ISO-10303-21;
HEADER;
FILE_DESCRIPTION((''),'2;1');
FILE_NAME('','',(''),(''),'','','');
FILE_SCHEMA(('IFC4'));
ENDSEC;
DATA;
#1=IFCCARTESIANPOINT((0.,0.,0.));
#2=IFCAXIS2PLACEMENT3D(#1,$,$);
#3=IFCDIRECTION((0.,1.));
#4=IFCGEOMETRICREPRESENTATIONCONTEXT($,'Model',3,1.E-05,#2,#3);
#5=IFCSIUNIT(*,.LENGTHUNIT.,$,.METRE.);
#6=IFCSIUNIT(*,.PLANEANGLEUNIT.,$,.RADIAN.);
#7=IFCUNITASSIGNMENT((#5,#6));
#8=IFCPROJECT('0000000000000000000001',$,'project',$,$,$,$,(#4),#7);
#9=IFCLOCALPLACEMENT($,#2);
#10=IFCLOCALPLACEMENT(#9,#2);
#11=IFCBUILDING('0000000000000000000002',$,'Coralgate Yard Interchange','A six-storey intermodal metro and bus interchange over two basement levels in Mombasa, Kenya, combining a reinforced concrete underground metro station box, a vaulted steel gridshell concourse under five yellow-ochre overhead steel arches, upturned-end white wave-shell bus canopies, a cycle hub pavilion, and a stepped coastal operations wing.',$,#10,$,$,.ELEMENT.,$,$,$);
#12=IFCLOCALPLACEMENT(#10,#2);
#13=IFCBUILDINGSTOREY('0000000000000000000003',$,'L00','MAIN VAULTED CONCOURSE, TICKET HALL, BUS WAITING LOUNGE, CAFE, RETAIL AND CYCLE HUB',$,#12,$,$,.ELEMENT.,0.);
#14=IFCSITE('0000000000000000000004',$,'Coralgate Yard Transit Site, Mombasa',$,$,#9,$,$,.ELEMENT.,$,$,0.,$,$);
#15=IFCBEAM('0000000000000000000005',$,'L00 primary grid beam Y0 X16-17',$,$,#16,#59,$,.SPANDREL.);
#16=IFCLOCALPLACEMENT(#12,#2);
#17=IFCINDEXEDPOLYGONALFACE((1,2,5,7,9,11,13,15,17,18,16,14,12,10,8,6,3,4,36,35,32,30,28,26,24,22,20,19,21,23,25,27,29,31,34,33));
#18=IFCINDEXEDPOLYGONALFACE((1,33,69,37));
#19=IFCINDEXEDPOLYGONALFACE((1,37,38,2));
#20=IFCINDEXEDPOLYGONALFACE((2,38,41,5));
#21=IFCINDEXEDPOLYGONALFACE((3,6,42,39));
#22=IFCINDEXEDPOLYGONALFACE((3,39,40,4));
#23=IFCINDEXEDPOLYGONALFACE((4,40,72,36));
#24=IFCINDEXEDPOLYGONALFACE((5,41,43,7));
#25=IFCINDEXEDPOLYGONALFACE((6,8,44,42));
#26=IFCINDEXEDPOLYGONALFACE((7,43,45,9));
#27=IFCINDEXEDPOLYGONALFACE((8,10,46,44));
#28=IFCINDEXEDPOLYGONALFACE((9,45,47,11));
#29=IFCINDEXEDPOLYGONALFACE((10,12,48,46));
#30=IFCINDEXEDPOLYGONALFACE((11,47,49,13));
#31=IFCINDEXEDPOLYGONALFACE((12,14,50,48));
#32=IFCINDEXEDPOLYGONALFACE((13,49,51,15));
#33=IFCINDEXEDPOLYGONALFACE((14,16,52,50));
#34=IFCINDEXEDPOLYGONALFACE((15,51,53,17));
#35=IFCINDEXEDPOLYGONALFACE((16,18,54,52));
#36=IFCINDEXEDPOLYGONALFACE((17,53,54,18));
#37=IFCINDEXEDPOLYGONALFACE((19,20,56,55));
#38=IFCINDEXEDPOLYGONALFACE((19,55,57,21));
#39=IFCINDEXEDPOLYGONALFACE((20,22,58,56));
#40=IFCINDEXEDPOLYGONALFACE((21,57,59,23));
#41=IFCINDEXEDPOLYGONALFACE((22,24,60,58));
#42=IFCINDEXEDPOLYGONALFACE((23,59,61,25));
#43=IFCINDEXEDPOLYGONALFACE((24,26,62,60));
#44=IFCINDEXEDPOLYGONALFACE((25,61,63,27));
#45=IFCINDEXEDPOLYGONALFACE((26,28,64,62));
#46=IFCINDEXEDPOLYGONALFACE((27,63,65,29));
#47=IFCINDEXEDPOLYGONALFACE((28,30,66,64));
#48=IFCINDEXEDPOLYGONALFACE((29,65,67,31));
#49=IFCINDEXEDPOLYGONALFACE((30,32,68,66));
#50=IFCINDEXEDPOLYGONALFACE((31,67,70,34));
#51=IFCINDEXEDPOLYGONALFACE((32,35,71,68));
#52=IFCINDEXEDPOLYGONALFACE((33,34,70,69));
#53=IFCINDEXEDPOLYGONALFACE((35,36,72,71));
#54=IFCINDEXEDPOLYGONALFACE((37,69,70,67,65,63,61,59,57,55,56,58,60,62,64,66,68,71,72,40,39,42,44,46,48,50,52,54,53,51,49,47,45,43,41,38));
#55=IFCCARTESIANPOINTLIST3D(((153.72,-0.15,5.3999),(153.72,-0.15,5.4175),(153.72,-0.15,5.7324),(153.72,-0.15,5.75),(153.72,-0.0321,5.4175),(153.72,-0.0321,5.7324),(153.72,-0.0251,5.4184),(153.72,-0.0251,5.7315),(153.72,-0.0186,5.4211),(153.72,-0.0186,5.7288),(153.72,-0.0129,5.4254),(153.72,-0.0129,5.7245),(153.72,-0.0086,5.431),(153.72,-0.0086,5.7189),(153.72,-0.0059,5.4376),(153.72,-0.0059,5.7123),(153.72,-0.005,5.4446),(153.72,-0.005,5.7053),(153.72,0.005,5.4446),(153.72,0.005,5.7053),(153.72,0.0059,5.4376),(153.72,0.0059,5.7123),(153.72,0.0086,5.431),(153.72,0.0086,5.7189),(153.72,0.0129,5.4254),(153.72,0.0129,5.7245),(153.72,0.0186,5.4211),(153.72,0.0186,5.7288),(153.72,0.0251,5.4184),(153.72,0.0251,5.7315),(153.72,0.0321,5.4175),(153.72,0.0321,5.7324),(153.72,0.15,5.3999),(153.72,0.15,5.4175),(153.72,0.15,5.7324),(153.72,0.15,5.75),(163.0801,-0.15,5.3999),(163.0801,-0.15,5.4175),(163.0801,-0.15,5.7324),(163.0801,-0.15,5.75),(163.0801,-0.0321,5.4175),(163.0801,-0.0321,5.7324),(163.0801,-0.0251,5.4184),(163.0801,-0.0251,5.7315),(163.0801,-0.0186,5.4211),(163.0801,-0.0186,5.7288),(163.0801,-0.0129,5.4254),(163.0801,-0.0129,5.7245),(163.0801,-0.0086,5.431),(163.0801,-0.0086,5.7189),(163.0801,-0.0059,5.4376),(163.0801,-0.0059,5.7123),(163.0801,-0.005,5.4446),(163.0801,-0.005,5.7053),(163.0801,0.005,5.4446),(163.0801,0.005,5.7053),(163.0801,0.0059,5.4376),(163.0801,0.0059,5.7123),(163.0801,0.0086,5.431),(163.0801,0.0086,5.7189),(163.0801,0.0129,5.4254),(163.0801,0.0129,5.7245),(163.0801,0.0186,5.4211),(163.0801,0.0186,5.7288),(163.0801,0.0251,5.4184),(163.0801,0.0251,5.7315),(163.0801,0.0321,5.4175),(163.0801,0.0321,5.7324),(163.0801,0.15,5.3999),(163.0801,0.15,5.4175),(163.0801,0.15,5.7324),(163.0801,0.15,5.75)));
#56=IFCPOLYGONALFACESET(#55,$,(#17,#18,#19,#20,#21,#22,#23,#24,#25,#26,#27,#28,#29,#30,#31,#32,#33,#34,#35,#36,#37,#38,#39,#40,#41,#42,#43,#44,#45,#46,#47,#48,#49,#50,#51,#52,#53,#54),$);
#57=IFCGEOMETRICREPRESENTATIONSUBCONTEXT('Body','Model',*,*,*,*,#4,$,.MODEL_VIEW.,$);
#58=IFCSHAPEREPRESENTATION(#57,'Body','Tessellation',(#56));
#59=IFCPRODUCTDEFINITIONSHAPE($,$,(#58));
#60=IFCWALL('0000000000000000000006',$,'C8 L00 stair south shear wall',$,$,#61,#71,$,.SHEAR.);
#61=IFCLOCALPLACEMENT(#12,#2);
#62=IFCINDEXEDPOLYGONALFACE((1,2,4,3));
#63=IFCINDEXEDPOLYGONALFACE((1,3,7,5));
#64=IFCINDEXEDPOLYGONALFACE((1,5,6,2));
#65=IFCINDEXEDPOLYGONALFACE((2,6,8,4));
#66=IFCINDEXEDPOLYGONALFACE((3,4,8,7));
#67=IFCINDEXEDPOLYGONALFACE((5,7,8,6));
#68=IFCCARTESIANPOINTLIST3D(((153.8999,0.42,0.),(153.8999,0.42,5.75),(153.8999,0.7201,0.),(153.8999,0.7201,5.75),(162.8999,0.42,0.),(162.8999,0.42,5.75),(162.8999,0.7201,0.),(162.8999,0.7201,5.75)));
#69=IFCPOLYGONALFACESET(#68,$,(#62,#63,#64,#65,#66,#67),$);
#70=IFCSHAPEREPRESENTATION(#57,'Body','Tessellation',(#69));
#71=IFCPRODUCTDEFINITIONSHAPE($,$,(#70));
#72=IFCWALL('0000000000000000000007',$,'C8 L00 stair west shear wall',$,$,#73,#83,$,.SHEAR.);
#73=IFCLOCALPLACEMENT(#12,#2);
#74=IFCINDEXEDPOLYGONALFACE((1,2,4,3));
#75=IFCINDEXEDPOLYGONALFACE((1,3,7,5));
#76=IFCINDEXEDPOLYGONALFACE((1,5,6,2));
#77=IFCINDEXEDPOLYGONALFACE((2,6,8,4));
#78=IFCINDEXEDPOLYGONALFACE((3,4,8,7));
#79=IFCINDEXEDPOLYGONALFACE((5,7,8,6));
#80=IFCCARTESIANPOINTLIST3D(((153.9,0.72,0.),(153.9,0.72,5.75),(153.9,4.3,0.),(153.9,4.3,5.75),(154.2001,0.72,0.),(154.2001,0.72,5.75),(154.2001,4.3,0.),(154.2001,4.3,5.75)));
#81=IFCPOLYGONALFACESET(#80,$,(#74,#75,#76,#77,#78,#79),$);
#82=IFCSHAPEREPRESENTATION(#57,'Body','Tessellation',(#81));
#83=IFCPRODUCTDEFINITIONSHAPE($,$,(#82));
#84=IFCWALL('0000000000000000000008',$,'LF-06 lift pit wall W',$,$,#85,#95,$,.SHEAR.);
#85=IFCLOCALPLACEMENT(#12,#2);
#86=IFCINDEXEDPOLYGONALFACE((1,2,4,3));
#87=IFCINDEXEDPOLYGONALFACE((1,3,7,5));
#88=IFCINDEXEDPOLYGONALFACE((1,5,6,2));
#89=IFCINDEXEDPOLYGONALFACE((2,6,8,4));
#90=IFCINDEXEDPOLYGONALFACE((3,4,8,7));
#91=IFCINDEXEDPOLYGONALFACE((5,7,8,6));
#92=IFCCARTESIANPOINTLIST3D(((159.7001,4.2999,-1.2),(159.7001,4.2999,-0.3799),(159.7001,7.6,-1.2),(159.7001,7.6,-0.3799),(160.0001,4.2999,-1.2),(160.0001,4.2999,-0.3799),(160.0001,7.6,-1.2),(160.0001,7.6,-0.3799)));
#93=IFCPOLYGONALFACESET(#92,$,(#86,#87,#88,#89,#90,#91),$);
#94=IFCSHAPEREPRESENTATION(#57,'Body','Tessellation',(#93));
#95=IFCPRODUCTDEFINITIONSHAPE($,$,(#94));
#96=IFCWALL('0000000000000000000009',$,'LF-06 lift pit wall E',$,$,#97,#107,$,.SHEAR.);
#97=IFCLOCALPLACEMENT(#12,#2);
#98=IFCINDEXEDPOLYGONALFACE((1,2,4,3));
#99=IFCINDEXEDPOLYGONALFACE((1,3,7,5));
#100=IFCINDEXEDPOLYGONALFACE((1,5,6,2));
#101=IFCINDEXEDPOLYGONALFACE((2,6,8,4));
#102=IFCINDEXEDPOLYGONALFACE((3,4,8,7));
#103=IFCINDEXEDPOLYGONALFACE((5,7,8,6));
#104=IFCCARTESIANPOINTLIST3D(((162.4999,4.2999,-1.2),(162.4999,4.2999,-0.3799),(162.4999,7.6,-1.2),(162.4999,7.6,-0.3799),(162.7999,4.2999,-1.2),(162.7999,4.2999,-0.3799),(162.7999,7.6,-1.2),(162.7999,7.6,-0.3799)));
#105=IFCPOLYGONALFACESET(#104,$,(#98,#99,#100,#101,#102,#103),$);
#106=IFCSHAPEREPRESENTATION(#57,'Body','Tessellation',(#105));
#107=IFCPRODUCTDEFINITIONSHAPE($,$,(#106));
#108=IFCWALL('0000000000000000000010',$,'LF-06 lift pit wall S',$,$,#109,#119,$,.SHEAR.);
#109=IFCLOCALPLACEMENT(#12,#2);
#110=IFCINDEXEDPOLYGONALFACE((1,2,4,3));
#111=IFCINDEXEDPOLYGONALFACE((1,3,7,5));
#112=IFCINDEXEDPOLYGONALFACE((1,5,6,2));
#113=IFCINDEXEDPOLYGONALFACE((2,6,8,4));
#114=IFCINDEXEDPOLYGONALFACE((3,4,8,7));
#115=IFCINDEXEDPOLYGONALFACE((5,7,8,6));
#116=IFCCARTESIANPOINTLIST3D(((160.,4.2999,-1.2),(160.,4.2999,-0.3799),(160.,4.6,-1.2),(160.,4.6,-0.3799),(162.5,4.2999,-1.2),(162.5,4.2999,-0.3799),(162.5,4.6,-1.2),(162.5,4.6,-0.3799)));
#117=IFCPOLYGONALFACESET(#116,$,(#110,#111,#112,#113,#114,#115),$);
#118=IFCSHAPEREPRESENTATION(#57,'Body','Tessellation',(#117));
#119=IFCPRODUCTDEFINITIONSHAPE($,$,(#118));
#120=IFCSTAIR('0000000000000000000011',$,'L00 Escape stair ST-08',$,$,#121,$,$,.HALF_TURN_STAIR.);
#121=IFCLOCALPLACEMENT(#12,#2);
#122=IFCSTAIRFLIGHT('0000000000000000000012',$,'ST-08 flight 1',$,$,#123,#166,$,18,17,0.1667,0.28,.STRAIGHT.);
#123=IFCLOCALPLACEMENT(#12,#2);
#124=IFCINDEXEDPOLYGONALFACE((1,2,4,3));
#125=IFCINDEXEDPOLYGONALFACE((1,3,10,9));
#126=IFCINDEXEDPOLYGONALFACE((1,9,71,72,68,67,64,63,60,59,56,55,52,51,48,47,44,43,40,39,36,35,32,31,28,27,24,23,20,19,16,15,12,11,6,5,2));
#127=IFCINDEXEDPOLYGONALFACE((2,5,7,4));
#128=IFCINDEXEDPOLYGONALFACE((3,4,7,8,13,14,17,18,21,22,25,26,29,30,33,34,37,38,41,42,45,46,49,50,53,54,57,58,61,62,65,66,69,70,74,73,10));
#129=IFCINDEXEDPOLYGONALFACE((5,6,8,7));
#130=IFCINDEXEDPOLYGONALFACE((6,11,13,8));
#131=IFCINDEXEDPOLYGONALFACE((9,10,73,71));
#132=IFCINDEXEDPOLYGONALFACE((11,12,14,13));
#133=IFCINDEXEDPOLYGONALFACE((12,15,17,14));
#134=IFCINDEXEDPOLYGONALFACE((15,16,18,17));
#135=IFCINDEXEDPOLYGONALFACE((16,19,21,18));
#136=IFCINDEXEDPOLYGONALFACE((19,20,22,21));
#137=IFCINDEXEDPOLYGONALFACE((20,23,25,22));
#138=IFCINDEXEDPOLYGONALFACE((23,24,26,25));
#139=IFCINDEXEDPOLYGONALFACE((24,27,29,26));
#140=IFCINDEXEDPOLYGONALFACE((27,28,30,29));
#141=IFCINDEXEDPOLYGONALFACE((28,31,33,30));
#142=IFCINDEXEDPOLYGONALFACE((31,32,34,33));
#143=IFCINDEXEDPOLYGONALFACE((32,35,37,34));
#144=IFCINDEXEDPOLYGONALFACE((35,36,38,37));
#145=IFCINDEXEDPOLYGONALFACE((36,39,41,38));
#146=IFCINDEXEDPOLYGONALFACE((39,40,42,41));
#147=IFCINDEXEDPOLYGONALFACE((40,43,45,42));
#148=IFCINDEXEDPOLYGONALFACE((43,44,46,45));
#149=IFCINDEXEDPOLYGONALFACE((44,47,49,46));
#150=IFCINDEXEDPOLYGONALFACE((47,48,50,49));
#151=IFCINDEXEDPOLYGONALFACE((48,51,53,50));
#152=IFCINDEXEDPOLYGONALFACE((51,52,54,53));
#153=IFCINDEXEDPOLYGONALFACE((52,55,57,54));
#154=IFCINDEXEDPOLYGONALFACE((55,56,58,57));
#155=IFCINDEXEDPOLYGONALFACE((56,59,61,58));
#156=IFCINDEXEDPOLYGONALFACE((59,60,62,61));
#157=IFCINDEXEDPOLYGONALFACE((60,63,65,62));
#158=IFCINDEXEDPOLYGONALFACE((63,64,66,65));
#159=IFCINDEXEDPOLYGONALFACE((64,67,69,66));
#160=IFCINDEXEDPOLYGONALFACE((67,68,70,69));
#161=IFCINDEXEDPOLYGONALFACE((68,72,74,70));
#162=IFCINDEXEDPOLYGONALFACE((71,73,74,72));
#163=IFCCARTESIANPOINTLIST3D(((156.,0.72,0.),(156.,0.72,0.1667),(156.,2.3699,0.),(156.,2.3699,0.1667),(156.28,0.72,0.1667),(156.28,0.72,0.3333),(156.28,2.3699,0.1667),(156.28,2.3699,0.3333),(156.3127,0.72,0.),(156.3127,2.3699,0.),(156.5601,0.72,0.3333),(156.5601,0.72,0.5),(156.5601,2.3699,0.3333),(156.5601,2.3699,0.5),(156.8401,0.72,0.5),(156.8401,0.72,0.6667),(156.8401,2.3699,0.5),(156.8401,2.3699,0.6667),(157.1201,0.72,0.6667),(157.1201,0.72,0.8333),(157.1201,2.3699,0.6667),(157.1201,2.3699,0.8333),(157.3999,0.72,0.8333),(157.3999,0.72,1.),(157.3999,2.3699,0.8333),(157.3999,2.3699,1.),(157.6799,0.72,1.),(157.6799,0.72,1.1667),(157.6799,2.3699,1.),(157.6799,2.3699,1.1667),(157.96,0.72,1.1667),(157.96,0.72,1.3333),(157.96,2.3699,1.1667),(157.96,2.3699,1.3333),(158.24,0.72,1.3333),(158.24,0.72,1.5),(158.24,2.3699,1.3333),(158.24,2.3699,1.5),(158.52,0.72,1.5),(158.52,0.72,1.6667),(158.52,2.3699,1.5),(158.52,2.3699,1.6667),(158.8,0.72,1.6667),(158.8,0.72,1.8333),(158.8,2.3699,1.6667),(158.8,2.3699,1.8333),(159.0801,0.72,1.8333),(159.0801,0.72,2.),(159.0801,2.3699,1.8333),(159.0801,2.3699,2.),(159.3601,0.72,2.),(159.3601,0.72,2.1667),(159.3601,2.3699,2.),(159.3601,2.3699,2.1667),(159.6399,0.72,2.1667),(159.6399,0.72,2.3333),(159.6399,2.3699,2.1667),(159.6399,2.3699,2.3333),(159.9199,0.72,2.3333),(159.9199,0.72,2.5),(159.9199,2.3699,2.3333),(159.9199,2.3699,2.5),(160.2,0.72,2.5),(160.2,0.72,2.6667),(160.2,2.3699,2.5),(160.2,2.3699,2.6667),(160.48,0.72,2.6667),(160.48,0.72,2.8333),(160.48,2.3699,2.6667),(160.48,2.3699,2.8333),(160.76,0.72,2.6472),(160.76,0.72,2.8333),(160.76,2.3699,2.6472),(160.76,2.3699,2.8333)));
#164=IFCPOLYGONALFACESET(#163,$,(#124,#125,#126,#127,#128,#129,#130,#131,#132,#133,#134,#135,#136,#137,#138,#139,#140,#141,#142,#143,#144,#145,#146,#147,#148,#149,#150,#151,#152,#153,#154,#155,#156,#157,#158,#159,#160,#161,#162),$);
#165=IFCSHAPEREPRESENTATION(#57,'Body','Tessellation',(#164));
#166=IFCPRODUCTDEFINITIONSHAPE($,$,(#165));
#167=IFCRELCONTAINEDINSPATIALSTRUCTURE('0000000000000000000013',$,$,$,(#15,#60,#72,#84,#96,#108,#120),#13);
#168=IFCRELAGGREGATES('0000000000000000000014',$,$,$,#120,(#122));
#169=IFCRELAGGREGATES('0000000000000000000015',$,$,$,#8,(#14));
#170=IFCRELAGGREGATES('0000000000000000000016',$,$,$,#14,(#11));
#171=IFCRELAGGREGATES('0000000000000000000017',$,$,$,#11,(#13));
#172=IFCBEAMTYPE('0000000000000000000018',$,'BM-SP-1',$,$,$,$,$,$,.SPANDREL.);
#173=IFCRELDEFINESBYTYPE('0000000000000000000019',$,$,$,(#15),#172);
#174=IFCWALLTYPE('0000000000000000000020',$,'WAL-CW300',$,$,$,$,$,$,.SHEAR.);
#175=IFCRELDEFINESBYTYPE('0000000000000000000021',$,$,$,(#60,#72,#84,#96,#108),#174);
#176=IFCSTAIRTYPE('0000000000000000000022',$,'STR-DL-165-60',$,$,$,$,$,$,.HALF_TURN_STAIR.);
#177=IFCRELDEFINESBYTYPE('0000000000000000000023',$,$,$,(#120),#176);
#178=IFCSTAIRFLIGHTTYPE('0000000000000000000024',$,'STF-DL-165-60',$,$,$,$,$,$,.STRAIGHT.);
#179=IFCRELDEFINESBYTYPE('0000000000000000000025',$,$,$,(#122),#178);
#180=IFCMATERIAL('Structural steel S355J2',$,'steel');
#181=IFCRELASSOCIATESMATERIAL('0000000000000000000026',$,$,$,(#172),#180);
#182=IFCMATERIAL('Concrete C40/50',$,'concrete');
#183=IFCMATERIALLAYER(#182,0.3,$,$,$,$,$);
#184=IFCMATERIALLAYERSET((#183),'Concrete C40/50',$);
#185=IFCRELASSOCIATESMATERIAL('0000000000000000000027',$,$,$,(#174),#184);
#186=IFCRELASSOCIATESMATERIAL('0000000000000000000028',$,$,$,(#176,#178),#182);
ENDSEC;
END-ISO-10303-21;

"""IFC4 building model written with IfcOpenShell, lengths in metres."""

from ifc_helpers import new_model, si_unit, direction, frame, frame_2d, origin, origin_2d, place, context, subcontext, project, spatial, polyline, rectangle, i_section, outline, extrude, material, layer, layer_set, material_profile, profile_set, type_object, element, aggregate, save


model = new_model("IFC4")

# Units and contexts
model_context = context("Model", 3, precision=1e-05, world=origin(), true_north=direction((0.0, 1.0)))
body_context = subcontext(model_context, "Body", "Model", "MODEL_VIEW")
ifc_project = project(units=[si_unit("LENGTHUNIT", "METRE"), si_unit("PLANEANGLEUNIT", "RADIAN")], contexts=[model_context])

# Site, building, storey
site_placement = place(None, origin())
site = spatial("IfcSite", under=ifc_project, at=site_placement, Name="Coralgate Yard Transit Site, Mombasa", CompositionType="ELEMENT", RefElevation=0.0)
building_placement = place(site_placement, origin())
building = spatial("IfcBuilding", under=site, at=building_placement, Name="Coralgate Yard Interchange", Description="A six-storey intermodal metro and bus interchange over two basement levels in Mombasa, Kenya, combining a reinforced concrete underground metro station box, a vaulted steel gridshell concourse under five yellow-ochre overhead steel arches, upturned-end white wave-shell bus canopies, a cycle hub pavilion, and a stepped coastal operations wing.", CompositionType="ELEMENT")
storey_placement = place(building_placement, origin())
storey = spatial("IfcBuildingStorey", under=building, at=storey_placement, Name="L00", Description="MAIN VAULTED CONCOURSE, TICKET HALL, BUS WAITING LOUNGE, CAFE, RETAIL AND CYCLE HUB", CompositionType="ELEMENT", Elevation=0.0)

# Shared definitions
ifc_material_1 = material(Name="Concrete C40/50", Category="concrete")

# Beam
ifc_material_2 = material(Name="Structural steel S355J2", Category="steel")
ifc_material_profile_1 = material_profile(ifc_material_2, i_section(OverallWidth=0.3, OverallDepth=0.3501, WebThickness=0.01, FlangeThickness=0.0176, FilletRadius=0.0271, at=origin_2d()), Name="HEA 360")
ifc_profile_set_1 = profile_set([ifc_material_profile_1], Name="Structural steel S355J2")
beam_type = type_object("IfcBeamType", Name="BM-SP-1", PredefinedType="SPANDREL", material=ifc_profile_set_1)
beam_placement = place(storey_placement, frame((153.72, 0.0, 5.575), z_axis=(1.0, 0.0, 0.0), x_axis=(0.0, 1.0, 0.0)))
element("IfcBeam", 1, at=beam_placement, inside=storey, type_object=beam_type, Name="L00 primary grid beam Y0 X16-17", PredefinedType="SPANDREL", context=body_context, shape_type="SweptSolid", body=[
    extrude(i_section(OverallWidth=0.3, OverallDepth=0.3501, WebThickness=0.01, FlangeThickness=0.0176, FilletRadius=0.0271, at=origin_2d()), origin(), (0.0, 0.0, 1.0), 9.3601),
])

# Walls
ifc_layer = layer(ifc_material_1, 0.3)
ifc_layer_set = layer_set([ifc_layer], Name="Concrete C40/50")
wall_type = type_object("IfcWallType", Name="WAL-CW300", PredefinedType="SHEAR", material=ifc_layer_set)
wall_1_placement = place(storey_placement, frame((153.8999, 0.5701, 0.0), z_axis=(0.0, 0.0, 1.0), x_axis=(1.0, 0.0, 0.0)))
element("IfcWall", 2, at=wall_1_placement, inside=storey, type_object=wall_type, Name="C8 L00 stair south shear wall", PredefinedType="SHEAR", context=body_context, shape_type="SweptSolid", body=[
    extrude(rectangle(XDim=9.0, YDim=0.3, at=frame_2d((4.5, 0.0))), origin(), (0.0, 0.0, 1.0), 5.75),
])
wall_2_placement = place(storey_placement, frame((154.05, 0.72, 0.0), z_axis=(0.0, 0.0, 1.0), x_axis=(0.0, 1.0, 0.0)))
element("IfcWall", 3, at=wall_2_placement, inside=storey, type_object=wall_type, Name="C8 L00 stair west shear wall", PredefinedType="SHEAR", context=body_context, shape_type="SweptSolid", body=[
    extrude(rectangle(XDim=3.5801, YDim=0.3, at=frame_2d((1.79, 0.0))), origin(), (0.0, 0.0, 1.0), 5.75),
])
for number, where, z_axis, x_axis, name in (
    (4, (159.8501, 4.3, -1.2), (0.0, 0.0, 1.0), (0.0, 1.0, 0.0), "LF-06 lift pit wall W"),
    (5, (162.6499, 4.3, -1.2), (0.0, 0.0, 1.0), (0.0, 1.0, 0.0), "LF-06 lift pit wall E"),
):
    element("IfcWall", number, at=place(storey_placement, frame(where, z_axis=z_axis, x_axis=x_axis)), inside=storey, type_object=wall_type, Name=name, PredefinedType="SHEAR", context=body_context, shape_type="SweptSolid", body=[
        extrude(rectangle(XDim=3.3, YDim=0.3, at=frame_2d((1.6499, 0.0))), origin(), (0.0, 0.0, 1.0), 0.8201),
    ])
wall_3_placement = place(storey_placement, frame((160.0, 4.45, -1.2), z_axis=(0.0, 0.0, 1.0), x_axis=(1.0, 0.0, 0.0)))
element("IfcWall", 6, at=wall_3_placement, inside=storey, type_object=wall_type, Name="LF-06 lift pit wall S", PredefinedType="SHEAR", context=body_context, shape_type="SweptSolid", body=[
    extrude(rectangle(XDim=2.5, YDim=0.3, at=frame_2d((1.25, 0.0))), origin(), (0.0, 0.0, 1.0), 0.8201),
])

# Stair, stair flight
stair_type = type_object("IfcStairType", Name="STR-DL-165-60", PredefinedType="HALF_TURN_STAIR", material=ifc_material_1)
stair_placement = place(storey_placement, origin())
stair = element("IfcStair", 7, at=stair_placement, inside=storey, type_object=stair_type, Name="L00 Escape stair ST-08", PredefinedType="HALF_TURN_STAIR")
stair_flight_type = type_object("IfcStairFlightType", Name="STF-DL-165-60", PredefinedType="STRAIGHT", material=ifc_material_1)
stair_flight_1_placement = place(storey_placement, frame((156.0, 1.5449, 0.0), z_axis=(0.0, 0.0, 1.0), x_axis=(1.0, 0.0, 0.0)))
stair_flight_1 = element("IfcStairFlight", 8, at=stair_flight_1_placement, type_object=stair_flight_type, Name="ST-08 flight 1", NumberOfRisers=18, NumberOfTreads=17, PredefinedType="STRAIGHT", RiserHeight=0.1667, TreadLength=0.28, context=body_context, shape_type="SweptSolid", body=[
    extrude(outline(polyline([(0.0, 0.0), (0.0, 0.1667), (0.28, 0.1667), (0.28, 0.3333), (0.5601, 0.3333), (0.5601, 0.5), (0.8401, 0.5), (0.8401, 0.6667), (1.1201, 0.6667), (1.1201, 0.8333), (1.3999, 0.8333), (1.3999, 1.0), (1.6799, 1.0), (1.6799, 1.1667), (1.96, 1.1667), (1.96, 1.3333), (2.24, 1.3333), (2.24, 1.5), (2.52, 1.5), (2.52, 1.6667), (2.8, 1.6667), (2.8, 1.8333), (3.0801, 1.8333), (3.0801, 2.0), (3.3601, 2.0), (3.3601, 2.1667), (3.6399, 2.1667), (3.6399, 2.3333), (3.9199, 2.3333), (3.9199, 2.5), (4.2, 2.5), (4.2, 2.6667), (4.48, 2.6667), (4.48, 2.8333), (4.76, 2.8333), (4.76, 3.0), (4.76, 2.6472), (0.3127, 0.0), (0.0, 0.0)])), frame((0.0, 0.825, 0.0), z_axis=(0.0, -1.0, 0.0), x_axis=(1.0, 0.0, 0.0)), (0.0, 0.0, 1.0), 1.6499),
])
aggregate(stair, [stair_flight_1])

save(model, "model.ifc")
